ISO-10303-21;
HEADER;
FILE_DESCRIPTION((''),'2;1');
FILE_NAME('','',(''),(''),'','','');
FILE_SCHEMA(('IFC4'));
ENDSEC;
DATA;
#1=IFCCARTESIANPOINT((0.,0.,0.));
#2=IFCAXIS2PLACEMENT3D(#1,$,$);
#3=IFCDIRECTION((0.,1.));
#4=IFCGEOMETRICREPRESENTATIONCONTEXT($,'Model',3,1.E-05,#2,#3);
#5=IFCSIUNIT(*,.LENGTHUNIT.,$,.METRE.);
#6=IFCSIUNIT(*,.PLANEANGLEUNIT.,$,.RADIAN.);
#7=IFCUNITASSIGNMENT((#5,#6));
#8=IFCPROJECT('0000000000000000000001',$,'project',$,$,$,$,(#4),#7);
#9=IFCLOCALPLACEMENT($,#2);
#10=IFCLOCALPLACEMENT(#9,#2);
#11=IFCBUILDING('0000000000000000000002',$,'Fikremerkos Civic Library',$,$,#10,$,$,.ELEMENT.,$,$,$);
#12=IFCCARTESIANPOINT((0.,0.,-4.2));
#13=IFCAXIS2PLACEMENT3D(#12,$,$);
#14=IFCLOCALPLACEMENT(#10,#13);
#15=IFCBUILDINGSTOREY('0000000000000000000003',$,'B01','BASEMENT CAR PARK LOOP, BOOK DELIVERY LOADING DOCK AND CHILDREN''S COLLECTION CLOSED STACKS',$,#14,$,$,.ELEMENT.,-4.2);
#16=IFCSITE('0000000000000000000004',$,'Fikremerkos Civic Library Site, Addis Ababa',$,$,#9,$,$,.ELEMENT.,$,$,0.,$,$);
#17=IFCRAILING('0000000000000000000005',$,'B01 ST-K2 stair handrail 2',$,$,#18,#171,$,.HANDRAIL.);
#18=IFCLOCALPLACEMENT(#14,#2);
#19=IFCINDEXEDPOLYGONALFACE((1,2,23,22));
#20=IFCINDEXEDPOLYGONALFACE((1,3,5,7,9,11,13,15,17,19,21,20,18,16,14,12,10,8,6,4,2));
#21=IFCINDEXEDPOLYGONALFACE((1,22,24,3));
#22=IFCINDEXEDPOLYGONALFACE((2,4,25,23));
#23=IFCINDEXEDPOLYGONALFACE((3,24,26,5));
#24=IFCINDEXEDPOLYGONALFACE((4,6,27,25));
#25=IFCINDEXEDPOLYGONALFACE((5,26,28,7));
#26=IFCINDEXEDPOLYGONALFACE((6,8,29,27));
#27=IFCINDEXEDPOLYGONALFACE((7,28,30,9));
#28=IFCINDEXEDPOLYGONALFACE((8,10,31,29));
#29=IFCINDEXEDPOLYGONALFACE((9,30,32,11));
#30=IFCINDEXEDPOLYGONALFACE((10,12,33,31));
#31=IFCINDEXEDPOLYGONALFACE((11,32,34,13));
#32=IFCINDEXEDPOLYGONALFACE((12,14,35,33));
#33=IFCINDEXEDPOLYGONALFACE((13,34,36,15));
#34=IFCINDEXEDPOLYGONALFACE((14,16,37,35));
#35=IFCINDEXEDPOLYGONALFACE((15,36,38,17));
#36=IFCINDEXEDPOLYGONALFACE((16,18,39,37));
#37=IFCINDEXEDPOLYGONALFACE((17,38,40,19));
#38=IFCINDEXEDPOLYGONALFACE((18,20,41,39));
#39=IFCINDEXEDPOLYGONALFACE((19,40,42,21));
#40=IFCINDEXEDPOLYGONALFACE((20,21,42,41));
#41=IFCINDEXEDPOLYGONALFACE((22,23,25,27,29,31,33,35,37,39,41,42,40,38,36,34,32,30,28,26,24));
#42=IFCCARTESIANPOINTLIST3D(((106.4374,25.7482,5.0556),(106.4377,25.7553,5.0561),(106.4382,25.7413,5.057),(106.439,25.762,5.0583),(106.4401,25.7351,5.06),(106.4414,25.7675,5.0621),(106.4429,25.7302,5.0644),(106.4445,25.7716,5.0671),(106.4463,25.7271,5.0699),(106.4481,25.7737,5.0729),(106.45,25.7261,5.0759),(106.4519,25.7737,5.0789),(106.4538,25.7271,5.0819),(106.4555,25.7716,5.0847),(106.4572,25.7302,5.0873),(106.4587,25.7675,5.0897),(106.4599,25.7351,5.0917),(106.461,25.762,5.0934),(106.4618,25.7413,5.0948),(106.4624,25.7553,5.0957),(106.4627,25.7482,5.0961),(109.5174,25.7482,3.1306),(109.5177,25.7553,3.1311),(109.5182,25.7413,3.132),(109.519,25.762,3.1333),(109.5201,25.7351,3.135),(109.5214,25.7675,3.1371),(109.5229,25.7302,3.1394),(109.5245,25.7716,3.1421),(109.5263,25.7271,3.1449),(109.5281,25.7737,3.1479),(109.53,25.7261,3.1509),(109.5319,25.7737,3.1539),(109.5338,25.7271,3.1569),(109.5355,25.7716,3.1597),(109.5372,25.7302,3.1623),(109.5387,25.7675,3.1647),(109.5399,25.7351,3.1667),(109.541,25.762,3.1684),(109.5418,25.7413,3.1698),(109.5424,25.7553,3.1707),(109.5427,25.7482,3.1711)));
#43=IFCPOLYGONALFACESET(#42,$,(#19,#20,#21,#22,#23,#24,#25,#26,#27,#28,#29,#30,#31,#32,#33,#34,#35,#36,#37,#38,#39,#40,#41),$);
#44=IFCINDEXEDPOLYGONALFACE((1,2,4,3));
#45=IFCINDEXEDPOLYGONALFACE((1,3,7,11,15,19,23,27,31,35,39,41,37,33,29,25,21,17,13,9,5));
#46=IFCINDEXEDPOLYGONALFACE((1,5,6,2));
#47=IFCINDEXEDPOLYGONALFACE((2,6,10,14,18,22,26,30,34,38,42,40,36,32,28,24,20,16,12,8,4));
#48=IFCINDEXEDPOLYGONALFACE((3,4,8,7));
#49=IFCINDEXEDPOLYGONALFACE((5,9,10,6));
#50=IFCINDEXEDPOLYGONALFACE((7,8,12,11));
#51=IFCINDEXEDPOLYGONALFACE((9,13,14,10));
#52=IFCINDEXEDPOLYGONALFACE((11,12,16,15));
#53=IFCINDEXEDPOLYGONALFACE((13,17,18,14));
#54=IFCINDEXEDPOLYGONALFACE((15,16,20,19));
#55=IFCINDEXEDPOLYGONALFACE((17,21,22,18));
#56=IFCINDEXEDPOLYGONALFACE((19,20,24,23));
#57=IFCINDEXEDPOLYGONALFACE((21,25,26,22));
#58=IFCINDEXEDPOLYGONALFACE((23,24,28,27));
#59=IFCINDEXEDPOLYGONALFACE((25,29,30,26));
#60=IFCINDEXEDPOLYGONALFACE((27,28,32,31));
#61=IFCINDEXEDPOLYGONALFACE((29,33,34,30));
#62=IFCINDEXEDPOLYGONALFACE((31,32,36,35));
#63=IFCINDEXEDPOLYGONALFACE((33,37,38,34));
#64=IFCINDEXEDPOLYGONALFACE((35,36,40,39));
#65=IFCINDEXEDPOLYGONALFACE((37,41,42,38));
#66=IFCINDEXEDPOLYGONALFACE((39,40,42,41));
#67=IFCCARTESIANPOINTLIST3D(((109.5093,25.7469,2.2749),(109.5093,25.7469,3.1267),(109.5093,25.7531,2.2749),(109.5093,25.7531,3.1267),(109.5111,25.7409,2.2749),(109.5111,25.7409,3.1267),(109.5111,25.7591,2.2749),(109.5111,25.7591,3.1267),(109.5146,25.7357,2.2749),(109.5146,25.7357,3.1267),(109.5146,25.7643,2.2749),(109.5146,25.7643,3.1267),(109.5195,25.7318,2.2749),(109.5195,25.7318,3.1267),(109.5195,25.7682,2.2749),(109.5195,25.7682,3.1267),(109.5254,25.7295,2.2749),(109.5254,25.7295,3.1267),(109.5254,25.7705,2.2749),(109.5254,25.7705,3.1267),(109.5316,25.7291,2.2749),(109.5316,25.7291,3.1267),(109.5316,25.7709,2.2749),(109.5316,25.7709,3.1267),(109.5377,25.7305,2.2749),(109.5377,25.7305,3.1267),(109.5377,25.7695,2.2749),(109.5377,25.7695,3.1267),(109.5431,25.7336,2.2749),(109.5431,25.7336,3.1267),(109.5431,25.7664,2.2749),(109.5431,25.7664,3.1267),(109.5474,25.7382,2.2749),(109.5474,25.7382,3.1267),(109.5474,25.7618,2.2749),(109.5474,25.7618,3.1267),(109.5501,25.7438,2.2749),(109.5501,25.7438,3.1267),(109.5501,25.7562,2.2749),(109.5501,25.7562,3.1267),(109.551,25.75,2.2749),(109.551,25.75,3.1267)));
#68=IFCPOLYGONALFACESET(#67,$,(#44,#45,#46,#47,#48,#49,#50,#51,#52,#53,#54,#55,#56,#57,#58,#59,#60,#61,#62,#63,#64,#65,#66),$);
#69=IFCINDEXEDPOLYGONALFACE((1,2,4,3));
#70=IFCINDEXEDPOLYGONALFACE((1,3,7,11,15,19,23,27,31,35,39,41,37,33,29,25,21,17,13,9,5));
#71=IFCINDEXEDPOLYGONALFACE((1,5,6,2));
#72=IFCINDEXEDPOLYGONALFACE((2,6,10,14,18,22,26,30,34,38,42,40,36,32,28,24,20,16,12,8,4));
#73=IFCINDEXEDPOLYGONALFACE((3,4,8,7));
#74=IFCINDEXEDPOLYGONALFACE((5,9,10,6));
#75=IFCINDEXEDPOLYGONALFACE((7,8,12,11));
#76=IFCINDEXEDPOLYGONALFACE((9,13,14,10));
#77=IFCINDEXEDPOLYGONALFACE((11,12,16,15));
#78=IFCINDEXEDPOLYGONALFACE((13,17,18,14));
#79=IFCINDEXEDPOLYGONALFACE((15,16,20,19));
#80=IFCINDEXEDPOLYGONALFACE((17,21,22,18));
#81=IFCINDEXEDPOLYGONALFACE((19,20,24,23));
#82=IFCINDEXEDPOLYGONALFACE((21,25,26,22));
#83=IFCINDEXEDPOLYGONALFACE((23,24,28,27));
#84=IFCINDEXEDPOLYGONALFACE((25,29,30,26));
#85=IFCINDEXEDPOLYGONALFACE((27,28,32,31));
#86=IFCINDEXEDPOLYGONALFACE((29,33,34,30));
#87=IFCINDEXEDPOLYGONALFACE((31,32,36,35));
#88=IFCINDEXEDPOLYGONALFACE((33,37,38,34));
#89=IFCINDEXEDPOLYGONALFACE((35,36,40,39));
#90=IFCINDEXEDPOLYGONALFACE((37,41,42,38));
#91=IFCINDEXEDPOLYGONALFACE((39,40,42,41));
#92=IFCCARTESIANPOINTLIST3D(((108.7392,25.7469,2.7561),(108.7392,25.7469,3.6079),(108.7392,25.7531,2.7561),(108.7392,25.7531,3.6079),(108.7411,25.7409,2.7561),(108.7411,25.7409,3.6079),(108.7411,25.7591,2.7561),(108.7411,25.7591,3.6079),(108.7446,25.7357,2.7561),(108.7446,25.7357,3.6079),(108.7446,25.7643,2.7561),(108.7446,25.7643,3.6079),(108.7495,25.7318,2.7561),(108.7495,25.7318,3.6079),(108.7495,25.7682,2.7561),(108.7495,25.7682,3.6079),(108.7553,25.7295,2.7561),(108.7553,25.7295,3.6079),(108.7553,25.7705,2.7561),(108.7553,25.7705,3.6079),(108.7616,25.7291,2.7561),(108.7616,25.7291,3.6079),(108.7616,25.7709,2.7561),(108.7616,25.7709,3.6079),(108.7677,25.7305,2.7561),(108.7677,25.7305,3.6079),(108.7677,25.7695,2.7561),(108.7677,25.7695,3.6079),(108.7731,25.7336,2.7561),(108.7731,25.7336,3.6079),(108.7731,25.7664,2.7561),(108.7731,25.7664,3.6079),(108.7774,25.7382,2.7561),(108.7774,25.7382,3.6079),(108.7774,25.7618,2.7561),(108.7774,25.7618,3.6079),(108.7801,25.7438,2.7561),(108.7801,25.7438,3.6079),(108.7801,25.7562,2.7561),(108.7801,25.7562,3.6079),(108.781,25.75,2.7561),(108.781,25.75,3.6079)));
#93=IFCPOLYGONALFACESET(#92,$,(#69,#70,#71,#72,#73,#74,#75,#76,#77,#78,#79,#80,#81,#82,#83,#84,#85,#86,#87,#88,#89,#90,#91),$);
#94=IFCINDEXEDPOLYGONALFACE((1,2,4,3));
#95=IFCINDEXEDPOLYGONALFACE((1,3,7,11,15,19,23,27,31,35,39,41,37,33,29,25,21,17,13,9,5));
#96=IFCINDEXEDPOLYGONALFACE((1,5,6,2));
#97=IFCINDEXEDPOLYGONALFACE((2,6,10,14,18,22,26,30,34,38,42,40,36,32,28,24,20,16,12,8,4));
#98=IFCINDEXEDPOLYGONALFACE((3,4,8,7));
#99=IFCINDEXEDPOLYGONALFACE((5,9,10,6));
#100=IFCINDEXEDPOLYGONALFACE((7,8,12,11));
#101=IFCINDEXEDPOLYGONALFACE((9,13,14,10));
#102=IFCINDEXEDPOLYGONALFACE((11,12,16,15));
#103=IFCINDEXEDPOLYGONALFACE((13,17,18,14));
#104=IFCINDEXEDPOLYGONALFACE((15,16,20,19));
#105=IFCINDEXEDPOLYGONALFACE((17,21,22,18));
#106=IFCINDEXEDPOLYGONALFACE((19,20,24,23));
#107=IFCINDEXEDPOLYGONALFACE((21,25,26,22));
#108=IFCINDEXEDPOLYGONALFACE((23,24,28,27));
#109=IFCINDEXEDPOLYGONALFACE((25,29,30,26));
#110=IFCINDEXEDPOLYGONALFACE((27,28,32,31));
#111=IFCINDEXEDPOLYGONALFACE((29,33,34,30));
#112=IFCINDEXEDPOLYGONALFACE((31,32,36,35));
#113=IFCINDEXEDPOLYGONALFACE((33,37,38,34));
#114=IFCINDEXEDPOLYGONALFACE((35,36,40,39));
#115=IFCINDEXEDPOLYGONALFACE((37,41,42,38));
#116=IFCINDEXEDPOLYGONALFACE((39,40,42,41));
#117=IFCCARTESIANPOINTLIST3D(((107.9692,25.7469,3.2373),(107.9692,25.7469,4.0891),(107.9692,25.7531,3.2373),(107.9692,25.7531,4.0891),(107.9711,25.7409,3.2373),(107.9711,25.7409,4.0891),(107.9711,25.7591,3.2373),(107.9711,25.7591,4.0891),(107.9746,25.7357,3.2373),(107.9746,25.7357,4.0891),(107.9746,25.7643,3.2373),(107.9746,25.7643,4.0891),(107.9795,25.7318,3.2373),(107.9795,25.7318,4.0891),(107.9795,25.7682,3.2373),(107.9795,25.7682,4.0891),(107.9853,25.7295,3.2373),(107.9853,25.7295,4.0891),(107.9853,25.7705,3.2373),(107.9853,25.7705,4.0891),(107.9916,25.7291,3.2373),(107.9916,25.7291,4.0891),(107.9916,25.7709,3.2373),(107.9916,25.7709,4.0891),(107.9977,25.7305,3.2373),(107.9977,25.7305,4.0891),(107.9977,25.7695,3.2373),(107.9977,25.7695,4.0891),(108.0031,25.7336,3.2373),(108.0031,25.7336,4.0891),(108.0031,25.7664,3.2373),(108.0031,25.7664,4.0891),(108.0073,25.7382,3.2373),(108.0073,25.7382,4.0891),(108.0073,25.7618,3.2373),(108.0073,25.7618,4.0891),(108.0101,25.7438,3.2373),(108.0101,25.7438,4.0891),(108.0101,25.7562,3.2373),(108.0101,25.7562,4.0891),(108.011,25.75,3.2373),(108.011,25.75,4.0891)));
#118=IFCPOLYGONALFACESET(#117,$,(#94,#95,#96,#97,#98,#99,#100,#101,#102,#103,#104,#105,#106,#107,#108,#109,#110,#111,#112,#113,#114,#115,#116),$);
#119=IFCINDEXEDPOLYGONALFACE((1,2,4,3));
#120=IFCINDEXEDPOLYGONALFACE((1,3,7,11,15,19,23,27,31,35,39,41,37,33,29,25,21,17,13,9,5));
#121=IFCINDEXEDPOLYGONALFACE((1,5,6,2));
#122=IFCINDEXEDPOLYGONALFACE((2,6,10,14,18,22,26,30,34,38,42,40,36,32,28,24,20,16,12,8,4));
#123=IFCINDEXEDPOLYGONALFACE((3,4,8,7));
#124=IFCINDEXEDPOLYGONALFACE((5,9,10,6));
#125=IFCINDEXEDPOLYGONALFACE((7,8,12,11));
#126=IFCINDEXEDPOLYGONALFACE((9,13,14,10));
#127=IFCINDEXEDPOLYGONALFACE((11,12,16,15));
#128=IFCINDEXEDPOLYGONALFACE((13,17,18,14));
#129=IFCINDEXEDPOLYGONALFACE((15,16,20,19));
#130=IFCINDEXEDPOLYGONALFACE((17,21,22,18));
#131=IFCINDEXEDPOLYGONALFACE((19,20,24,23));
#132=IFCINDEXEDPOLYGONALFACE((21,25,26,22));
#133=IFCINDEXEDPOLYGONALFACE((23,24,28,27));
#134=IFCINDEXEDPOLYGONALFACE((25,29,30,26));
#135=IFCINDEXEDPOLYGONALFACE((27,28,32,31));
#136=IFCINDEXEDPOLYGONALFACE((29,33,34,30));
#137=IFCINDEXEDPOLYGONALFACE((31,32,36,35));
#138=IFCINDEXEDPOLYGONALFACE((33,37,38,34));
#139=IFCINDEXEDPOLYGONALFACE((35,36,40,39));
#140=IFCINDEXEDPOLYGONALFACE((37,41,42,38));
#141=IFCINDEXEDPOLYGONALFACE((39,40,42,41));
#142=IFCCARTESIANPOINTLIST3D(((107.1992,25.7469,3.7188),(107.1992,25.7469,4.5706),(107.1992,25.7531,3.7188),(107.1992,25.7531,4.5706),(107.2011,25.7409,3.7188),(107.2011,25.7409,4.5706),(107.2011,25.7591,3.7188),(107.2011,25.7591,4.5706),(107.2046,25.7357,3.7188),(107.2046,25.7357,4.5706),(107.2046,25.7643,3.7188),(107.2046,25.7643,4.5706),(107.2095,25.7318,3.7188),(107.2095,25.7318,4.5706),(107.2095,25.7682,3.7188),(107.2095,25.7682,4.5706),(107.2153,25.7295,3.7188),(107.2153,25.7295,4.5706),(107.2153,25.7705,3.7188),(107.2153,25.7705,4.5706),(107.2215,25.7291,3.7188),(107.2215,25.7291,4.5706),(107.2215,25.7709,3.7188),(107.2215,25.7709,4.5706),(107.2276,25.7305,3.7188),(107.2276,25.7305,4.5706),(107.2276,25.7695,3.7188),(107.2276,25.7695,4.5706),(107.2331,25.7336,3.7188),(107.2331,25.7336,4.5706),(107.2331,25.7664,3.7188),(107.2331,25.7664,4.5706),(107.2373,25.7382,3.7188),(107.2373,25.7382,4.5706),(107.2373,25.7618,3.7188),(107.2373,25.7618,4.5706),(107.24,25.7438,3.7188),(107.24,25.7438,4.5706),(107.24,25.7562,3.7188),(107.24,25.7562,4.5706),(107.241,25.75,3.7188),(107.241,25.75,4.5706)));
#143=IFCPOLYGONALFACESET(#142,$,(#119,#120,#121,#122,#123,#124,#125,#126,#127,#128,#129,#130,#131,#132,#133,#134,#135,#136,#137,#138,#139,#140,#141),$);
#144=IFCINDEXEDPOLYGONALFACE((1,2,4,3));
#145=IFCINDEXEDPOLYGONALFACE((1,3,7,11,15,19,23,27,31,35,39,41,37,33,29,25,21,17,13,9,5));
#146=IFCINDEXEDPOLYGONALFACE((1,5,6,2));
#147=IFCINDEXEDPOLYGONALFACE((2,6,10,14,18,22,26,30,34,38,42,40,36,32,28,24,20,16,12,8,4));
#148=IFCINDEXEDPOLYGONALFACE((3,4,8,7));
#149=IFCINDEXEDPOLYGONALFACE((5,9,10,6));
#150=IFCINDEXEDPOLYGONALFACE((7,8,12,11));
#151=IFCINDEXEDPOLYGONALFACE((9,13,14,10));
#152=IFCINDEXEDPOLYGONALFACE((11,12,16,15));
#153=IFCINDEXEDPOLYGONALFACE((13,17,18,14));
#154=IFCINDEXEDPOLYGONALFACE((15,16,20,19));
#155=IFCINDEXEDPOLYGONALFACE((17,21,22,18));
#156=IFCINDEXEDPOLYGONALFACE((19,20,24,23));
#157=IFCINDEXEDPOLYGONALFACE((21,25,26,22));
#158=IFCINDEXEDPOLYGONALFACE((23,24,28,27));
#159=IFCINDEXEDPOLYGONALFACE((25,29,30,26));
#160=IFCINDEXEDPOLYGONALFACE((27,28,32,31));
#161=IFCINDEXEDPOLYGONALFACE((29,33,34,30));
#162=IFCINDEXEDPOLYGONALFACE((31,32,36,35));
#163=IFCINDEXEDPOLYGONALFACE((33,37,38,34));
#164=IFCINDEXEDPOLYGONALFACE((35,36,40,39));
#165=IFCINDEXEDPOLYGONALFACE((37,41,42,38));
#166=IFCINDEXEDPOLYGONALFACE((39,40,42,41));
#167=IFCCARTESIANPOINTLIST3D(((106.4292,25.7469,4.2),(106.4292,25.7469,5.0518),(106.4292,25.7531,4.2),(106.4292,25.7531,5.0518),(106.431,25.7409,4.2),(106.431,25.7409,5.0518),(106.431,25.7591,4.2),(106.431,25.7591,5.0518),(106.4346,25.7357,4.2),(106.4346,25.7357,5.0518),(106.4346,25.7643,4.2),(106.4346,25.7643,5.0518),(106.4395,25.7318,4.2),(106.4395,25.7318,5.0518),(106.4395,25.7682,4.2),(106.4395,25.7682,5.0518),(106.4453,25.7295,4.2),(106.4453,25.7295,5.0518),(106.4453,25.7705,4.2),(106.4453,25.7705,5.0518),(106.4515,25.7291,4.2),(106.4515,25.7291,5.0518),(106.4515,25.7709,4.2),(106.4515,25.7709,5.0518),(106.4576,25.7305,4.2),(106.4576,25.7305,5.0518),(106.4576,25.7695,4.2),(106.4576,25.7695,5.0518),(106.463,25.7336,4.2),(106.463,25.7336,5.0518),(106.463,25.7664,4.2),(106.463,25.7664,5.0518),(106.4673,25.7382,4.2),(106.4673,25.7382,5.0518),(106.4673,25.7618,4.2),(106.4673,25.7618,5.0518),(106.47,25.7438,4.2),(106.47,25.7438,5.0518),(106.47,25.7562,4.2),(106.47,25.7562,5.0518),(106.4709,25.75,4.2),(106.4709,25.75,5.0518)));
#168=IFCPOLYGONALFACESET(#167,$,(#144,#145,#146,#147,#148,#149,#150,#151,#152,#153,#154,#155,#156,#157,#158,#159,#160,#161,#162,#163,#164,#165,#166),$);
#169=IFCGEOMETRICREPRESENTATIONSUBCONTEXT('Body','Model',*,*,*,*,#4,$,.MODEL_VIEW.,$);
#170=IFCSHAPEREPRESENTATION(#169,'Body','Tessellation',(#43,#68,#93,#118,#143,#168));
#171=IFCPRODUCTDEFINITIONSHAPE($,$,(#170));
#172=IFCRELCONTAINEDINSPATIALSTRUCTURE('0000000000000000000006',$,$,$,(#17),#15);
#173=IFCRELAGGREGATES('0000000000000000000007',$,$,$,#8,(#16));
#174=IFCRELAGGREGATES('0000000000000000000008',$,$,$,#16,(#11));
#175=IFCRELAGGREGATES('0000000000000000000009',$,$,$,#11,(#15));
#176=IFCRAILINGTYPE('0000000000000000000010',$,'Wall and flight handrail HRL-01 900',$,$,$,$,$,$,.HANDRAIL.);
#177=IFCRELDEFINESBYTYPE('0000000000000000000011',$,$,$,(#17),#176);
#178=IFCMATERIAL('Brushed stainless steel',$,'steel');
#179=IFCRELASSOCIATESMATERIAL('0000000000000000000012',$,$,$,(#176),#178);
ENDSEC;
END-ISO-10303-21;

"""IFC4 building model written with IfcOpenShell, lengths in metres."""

from ifc_helpers import new_model, si_unit, direction, frame, origin, origin_2d, place, context, subcontext, project, spatial, circle, extrude, material, type_object, element, save


model = new_model("IFC4")

# Units and contexts
model_context = context("Model", 3, precision=1e-05, world=origin(), true_north=direction((0.0, 1.0)))
body_context = subcontext(model_context, "Body", "Model", "MODEL_VIEW")
ifc_project = project(units=[si_unit("LENGTHUNIT", "METRE"), si_unit("PLANEANGLEUNIT", "RADIAN")], contexts=[model_context])

# Site, building, storey
site_placement = place(None, origin())
site = spatial("IfcSite", under=ifc_project, at=site_placement, Name="Fikremerkos Civic Library Site, Addis Ababa", CompositionType="ELEMENT", RefElevation=0.0)
building_placement = place(site_placement, origin())
building = spatial("IfcBuilding", under=site, at=building_placement, Name="Fikremerkos Civic Library", CompositionType="ELEMENT")
storey_placement = place(building_placement, frame((0.0, 0.0, -4.2)))
storey = spatial("IfcBuildingStorey", under=building, at=storey_placement, Name="B01", Description="BASEMENT CAR PARK LOOP, BOOK DELIVERY LOADING DOCK AND CHILDREN'S COLLECTION CLOSED STACKS", CompositionType="ELEMENT", Elevation=-4.2)

# Railing
ifc_material_1 = material(Name="Brushed stainless steel", Category="steel")
railing_type_1 = type_object("IfcRailingType", Name="Wall and flight handrail HRL-01 900", PredefinedType="HANDRAIL", material=ifc_material_1)
railing_1_placement = place(storey_placement, frame((109.53, 25.75, 2.2749)))
element("IfcRailing", 1, at=railing_1_placement, inside=storey, type_object=railing_type_1, Name="B01 ST-K2 stair handrail 2", PredefinedType="HANDRAIL", context=body_context, shape_type="SweptSolid", body=[
    extrude(circle(Radius=0.0239, at=origin_2d()), frame((0.0, 0.0, 0.876), z_axis=(-0.847998, 0.0, 0.529999), x_axis=(0.0, -1.0, 0.0)), (0.0, 0.0, 1.0), 3.6321),
    extrude(circle(Radius=0.021, at=origin_2d()), origin(), (0.0, 0.0, 1.0), 0.8518),
    extrude(circle(Radius=0.021, at=origin_2d()), frame((-0.77, 0.0, 0.4812)), (0.0, 0.0, 1.0), 0.8518),
    extrude(circle(Radius=0.021, at=origin_2d()), frame((-1.54, 0.0, 0.9624)), (0.0, 0.0, 1.0), 0.8518),
    extrude(circle(Radius=0.021, at=origin_2d()), frame((-2.3101, 0.0, 1.4438)), (0.0, 0.0, 1.0), 0.8518),
    extrude(circle(Radius=0.021, at=origin_2d()), frame((-3.0801, 0.0, 1.925)), (0.0, 0.0, 1.0), 0.8518),
])

save(model, "model.ifc")
